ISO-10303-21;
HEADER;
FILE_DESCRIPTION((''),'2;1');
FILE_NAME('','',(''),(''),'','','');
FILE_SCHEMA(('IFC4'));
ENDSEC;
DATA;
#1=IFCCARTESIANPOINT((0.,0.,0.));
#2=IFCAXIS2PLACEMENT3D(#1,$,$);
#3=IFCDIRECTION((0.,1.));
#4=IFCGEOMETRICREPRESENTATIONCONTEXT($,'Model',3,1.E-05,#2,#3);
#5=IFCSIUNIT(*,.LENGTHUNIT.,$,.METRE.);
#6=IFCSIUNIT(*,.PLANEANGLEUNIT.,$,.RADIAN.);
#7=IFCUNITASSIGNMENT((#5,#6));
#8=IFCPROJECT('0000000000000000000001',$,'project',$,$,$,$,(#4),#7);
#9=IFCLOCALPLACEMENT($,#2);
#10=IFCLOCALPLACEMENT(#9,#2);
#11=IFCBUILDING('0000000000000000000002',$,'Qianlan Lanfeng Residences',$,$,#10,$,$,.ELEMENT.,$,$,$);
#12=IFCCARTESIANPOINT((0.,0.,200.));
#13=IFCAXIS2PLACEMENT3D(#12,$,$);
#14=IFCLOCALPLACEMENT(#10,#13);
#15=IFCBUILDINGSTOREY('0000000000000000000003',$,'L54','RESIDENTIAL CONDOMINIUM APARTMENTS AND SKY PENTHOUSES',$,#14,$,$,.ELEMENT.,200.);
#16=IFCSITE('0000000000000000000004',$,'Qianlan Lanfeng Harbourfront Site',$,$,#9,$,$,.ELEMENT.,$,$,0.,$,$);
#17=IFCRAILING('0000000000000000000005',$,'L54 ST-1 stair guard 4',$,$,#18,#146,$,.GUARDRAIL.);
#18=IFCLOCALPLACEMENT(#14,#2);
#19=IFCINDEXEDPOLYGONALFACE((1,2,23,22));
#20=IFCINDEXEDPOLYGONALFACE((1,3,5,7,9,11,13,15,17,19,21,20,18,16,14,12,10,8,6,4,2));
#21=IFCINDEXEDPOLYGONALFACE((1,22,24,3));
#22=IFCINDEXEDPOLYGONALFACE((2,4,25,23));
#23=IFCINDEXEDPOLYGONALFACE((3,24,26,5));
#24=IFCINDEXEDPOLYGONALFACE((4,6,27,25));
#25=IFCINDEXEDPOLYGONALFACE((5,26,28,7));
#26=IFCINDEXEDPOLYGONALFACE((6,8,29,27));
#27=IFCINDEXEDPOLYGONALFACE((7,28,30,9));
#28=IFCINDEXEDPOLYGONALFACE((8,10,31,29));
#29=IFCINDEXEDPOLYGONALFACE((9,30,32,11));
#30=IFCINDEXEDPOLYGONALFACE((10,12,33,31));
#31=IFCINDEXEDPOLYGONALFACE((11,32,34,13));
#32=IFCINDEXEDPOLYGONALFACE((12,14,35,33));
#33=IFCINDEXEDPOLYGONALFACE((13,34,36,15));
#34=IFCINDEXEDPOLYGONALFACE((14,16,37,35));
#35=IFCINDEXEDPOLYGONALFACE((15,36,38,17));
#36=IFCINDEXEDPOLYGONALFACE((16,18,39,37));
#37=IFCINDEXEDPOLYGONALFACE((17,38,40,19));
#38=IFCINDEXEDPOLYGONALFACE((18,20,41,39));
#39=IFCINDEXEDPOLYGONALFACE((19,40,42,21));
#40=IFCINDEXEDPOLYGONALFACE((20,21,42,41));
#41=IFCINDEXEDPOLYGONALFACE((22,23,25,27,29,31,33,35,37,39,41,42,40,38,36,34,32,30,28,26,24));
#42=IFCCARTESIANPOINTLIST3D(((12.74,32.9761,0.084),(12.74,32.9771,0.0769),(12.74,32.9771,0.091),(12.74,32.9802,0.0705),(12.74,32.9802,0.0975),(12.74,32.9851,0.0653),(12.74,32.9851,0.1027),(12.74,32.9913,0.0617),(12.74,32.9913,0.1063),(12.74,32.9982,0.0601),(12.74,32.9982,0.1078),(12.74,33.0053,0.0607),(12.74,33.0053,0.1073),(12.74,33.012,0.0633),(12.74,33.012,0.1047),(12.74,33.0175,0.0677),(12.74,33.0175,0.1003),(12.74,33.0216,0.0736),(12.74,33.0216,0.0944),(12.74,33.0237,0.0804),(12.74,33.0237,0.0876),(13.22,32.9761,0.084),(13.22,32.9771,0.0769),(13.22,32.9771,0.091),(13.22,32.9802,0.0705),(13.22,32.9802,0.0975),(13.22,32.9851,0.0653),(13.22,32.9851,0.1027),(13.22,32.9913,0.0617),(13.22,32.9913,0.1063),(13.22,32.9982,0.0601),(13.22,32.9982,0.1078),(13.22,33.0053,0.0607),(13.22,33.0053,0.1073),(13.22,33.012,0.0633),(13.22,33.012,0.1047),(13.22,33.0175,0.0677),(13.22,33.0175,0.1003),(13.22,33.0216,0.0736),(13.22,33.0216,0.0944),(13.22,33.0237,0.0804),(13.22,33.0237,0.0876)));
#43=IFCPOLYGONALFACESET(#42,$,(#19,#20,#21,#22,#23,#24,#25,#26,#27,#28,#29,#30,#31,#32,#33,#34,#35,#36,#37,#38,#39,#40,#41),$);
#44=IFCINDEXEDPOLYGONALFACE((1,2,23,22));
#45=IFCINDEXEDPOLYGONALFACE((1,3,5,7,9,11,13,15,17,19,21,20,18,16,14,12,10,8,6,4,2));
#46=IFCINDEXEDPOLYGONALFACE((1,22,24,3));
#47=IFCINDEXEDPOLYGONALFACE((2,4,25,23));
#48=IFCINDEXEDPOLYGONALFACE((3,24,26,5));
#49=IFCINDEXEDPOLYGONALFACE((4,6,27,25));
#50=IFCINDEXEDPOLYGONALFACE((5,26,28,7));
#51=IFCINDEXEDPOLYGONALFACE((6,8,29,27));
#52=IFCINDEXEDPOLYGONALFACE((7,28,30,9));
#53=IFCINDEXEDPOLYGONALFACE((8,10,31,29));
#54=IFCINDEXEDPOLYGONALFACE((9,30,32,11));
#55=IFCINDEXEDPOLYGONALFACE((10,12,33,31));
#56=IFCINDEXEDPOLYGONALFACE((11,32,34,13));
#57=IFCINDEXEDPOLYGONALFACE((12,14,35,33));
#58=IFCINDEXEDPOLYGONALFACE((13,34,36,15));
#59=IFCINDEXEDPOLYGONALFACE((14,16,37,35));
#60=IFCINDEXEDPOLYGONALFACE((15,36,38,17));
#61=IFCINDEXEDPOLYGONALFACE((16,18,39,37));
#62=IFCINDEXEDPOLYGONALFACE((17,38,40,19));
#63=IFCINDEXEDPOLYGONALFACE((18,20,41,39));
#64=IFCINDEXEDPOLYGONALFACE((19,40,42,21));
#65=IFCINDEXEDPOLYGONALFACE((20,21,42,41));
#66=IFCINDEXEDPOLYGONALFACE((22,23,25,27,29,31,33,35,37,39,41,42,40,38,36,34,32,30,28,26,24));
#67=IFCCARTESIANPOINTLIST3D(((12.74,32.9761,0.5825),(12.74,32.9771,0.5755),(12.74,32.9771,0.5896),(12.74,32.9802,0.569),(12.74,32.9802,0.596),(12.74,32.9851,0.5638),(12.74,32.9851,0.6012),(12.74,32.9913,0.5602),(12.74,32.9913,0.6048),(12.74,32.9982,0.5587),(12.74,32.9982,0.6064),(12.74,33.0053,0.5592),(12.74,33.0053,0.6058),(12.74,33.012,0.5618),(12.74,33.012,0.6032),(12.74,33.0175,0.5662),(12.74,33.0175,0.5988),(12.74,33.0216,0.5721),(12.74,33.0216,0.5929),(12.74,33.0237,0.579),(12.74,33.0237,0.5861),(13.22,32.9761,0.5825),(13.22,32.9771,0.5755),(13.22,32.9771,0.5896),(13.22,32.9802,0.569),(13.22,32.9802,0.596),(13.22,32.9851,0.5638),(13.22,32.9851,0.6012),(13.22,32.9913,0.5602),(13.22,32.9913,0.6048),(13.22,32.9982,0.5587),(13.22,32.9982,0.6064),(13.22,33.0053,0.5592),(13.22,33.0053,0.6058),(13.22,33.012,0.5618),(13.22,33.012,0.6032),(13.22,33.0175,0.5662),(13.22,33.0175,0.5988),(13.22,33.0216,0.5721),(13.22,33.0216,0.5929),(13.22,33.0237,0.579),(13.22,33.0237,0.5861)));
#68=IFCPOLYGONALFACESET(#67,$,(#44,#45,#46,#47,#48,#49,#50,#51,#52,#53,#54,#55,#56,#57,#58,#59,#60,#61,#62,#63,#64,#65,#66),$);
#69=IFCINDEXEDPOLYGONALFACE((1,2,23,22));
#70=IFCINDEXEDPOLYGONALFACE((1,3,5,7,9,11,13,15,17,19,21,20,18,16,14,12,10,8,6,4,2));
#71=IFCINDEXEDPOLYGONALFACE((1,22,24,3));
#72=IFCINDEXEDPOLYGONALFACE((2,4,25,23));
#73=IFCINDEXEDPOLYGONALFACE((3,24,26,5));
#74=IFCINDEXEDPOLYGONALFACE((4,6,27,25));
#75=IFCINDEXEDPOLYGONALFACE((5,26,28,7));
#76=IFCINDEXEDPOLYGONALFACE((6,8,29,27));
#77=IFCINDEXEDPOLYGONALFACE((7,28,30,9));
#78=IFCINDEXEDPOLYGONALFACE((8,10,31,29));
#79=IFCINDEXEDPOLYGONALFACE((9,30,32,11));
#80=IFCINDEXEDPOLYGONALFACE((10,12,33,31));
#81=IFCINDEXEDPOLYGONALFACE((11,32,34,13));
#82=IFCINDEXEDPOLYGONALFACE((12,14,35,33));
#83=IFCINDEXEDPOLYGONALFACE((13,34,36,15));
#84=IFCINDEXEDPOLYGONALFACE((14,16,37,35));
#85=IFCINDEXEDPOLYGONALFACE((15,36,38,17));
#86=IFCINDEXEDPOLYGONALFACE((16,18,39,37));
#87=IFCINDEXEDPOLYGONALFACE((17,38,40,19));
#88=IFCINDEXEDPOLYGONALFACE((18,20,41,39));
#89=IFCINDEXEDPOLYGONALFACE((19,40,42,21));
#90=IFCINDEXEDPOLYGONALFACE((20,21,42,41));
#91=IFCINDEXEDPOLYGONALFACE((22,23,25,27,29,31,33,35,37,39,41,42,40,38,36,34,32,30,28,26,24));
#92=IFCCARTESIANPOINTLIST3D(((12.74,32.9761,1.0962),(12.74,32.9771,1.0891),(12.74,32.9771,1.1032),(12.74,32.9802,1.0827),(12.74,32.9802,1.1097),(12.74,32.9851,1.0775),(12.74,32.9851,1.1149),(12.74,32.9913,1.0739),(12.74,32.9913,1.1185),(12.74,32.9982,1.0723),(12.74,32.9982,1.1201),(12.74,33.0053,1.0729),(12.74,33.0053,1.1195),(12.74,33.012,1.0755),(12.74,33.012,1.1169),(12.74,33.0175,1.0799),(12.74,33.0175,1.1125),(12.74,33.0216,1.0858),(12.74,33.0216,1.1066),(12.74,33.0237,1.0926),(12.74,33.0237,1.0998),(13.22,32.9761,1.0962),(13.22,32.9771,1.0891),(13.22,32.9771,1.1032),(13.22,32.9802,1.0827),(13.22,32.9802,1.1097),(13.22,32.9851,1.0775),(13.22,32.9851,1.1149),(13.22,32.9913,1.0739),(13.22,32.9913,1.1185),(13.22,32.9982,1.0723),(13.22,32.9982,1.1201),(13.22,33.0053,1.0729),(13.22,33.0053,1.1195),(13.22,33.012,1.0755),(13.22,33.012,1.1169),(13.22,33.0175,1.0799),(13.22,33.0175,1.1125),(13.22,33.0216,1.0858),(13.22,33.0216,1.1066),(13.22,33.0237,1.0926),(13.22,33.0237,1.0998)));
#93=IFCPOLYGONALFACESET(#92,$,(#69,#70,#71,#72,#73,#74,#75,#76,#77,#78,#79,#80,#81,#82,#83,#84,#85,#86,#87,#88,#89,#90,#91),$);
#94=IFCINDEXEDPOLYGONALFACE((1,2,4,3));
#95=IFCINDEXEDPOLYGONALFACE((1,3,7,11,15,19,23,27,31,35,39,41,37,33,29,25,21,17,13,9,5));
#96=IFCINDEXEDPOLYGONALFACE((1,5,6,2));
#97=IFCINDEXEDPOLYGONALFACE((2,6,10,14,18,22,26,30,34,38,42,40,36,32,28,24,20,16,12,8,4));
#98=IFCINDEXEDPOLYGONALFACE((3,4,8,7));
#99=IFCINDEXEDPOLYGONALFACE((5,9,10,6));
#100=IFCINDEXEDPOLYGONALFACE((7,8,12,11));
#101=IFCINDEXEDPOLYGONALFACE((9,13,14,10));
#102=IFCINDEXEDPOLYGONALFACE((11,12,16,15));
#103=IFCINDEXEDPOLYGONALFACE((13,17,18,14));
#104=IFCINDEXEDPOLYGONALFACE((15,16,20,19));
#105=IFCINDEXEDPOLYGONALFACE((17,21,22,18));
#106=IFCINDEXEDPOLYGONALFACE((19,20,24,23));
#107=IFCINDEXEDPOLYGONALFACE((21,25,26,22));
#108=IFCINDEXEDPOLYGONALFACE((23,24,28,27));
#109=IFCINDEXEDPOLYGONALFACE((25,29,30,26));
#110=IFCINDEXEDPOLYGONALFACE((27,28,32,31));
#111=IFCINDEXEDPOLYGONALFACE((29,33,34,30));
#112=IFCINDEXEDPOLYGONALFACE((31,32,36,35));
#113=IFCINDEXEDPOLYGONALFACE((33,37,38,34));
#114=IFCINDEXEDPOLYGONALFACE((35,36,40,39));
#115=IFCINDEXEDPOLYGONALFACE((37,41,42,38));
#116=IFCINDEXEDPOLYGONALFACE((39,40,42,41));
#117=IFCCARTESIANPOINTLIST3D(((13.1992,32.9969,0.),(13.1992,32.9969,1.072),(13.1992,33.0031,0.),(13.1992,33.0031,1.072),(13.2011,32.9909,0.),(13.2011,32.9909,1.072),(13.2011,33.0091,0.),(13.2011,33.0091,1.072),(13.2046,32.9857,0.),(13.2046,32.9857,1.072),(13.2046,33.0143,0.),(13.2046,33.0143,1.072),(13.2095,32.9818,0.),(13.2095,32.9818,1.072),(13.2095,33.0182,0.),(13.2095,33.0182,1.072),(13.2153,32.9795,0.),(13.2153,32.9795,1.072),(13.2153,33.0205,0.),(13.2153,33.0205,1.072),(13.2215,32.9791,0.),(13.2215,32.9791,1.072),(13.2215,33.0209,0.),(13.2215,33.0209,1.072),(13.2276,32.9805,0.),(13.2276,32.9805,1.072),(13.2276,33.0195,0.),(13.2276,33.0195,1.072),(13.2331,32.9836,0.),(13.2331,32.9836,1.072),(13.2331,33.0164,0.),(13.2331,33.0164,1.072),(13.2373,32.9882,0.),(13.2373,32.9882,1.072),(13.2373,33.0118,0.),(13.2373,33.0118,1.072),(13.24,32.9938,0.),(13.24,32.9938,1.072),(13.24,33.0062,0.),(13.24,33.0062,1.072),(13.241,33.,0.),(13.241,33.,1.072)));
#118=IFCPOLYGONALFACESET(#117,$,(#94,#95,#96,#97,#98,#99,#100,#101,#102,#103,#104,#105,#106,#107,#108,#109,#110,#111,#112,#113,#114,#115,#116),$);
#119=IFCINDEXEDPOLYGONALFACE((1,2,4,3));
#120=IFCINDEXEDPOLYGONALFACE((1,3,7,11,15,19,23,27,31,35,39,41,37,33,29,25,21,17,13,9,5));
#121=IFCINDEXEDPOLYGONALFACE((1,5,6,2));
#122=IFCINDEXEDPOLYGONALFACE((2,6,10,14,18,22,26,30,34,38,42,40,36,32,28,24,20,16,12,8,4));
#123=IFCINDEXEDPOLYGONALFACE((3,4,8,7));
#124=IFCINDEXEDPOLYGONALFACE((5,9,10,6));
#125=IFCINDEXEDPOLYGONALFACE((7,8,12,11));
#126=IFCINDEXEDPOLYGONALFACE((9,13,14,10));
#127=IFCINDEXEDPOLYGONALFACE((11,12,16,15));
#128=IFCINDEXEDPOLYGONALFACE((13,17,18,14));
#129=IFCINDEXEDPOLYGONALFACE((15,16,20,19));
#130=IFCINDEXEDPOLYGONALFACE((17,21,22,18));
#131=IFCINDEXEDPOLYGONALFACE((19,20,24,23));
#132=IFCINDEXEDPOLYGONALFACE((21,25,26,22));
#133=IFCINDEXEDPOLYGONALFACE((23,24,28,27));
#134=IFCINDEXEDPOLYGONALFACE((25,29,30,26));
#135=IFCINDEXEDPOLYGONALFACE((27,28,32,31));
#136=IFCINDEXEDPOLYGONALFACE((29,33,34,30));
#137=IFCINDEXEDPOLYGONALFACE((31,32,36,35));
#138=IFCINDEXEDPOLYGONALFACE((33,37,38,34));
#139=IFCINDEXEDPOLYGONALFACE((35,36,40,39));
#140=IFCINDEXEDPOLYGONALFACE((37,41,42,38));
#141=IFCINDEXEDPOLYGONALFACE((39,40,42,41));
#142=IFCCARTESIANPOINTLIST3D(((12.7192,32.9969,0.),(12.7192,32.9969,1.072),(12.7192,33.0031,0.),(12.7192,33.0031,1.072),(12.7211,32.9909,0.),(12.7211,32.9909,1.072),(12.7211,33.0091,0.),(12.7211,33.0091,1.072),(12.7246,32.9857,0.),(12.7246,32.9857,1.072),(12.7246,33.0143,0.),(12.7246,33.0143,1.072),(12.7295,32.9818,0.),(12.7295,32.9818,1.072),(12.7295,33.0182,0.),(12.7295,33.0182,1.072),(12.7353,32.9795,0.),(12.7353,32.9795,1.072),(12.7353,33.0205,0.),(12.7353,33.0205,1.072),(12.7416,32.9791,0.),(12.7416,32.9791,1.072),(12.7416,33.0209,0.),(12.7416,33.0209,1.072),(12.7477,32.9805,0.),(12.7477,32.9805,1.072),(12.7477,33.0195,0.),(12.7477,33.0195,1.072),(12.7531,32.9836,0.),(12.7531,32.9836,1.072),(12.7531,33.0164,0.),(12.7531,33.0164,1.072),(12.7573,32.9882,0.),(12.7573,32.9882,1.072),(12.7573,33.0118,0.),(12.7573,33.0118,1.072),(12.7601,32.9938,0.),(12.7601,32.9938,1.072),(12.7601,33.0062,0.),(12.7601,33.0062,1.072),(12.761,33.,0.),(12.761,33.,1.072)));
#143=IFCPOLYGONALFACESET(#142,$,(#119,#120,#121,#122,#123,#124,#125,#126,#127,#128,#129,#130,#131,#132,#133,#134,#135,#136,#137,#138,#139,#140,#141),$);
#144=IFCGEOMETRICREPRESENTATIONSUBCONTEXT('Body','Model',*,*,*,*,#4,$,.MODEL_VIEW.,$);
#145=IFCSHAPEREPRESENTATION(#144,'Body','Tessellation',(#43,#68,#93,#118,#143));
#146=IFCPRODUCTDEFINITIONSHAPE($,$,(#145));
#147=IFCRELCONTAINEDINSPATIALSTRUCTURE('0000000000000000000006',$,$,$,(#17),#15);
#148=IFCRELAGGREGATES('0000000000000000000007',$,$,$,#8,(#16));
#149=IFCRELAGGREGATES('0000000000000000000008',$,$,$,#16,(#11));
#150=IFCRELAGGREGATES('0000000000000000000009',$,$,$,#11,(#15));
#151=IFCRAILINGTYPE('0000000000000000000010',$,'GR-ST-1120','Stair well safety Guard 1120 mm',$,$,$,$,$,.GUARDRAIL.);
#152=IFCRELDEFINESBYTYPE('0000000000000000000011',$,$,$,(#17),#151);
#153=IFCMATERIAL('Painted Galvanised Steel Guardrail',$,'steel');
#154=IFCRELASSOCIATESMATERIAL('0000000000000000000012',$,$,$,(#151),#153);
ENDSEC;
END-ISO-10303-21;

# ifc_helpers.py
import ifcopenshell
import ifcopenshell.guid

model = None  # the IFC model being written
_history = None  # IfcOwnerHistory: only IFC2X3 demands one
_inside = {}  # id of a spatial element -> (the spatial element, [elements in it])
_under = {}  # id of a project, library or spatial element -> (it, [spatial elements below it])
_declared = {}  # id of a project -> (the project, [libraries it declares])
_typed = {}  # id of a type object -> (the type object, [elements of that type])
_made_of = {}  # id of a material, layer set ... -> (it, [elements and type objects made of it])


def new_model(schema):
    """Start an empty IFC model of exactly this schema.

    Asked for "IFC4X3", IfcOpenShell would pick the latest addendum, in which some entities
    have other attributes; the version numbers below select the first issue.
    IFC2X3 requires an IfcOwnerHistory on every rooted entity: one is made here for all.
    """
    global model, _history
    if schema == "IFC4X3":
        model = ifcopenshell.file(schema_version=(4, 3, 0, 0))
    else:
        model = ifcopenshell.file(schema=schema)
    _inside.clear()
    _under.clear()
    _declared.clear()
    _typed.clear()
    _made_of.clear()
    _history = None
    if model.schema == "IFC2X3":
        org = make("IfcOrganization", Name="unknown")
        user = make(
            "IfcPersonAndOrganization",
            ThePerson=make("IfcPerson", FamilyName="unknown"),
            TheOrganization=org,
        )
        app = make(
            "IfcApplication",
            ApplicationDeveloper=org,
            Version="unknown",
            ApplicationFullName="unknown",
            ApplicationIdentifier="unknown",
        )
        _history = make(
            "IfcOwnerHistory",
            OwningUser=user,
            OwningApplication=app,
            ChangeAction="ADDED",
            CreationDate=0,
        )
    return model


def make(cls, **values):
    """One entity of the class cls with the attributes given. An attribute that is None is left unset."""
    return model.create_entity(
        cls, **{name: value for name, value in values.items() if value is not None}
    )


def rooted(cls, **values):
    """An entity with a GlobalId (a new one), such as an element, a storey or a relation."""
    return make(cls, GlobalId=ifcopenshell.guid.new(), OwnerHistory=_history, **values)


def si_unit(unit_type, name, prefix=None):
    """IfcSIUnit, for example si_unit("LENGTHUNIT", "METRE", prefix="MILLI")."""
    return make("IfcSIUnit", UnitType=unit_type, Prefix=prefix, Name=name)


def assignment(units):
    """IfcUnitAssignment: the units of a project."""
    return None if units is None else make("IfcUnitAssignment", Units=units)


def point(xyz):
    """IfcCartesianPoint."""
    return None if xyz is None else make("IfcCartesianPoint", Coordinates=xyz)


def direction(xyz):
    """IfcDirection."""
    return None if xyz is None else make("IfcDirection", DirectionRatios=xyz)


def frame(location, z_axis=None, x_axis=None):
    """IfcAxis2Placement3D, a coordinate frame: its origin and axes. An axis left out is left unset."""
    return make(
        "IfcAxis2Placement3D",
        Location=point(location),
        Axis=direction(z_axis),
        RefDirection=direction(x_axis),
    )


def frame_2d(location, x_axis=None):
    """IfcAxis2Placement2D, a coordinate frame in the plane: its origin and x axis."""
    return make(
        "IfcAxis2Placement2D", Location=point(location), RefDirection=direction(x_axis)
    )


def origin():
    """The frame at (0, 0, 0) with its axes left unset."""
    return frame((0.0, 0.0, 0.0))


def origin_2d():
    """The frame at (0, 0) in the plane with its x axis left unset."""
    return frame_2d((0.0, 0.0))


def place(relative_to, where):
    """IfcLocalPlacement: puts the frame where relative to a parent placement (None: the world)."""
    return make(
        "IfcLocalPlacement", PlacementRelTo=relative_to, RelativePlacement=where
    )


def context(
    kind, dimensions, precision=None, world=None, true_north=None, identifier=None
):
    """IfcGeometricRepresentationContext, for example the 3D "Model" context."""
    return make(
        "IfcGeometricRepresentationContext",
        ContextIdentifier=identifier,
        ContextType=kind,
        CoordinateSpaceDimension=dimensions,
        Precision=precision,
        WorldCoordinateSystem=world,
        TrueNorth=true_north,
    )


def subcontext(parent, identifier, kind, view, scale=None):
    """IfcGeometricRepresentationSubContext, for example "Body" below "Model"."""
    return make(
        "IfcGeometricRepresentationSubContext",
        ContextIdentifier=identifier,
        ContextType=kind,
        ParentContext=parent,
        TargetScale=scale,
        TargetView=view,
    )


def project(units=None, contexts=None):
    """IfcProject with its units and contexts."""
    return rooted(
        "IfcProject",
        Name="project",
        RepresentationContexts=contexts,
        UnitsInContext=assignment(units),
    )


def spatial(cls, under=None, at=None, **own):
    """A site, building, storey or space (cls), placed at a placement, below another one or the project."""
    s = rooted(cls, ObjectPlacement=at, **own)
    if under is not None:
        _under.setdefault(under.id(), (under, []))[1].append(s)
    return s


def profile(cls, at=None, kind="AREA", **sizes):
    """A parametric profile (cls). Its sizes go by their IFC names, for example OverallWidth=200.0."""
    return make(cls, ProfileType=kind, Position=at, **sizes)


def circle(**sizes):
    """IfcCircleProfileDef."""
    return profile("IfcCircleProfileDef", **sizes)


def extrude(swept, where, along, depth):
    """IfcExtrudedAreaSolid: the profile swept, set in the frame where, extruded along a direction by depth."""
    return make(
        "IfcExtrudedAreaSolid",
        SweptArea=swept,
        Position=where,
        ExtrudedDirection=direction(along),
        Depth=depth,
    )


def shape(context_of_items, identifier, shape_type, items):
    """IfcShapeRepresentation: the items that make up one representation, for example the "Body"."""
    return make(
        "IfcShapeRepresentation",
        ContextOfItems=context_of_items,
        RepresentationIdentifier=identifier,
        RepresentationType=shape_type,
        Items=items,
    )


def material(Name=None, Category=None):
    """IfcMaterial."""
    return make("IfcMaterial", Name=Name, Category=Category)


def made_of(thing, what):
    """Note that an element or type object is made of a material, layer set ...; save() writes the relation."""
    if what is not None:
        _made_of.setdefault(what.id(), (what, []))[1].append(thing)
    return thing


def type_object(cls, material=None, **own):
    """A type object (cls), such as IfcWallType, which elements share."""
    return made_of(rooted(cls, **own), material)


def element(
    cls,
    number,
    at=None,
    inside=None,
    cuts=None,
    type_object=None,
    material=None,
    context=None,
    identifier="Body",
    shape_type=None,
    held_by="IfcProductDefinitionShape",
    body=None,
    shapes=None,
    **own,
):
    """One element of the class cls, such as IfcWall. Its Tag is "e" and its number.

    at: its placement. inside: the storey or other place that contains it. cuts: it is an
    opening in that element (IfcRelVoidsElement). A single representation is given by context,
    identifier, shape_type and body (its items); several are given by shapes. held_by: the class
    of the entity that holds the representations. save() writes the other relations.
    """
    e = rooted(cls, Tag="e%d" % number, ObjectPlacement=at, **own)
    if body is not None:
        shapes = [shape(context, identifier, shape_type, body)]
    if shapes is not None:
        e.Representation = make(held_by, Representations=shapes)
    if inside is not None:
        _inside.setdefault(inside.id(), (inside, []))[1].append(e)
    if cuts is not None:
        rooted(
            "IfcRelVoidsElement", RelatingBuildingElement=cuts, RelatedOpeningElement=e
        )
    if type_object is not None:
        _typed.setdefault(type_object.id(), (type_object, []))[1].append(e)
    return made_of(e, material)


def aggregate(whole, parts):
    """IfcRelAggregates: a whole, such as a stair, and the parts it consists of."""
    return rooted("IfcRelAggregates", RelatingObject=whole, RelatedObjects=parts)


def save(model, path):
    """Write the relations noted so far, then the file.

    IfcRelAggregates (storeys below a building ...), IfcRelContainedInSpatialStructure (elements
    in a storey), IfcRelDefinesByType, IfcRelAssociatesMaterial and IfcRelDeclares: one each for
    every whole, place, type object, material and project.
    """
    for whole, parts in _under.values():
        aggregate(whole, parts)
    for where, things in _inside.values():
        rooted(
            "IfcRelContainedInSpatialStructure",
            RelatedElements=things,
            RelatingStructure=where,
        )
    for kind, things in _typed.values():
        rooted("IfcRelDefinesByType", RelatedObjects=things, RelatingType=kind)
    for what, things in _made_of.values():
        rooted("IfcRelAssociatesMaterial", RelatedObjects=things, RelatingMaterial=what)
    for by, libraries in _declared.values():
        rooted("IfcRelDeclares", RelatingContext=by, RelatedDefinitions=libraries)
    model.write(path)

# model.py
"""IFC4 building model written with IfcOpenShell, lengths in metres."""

from ifc_helpers import new_model, si_unit, direction, frame, origin, origin_2d, place, context, subcontext, project, spatial, circle, extrude, material, type_object, element, save


model = new_model("IFC4")

# Units and contexts
model_context = context("Model", 3, precision=1e-05, world=origin(), true_north=direction((0.0, 1.0)))
body_context = subcontext(model_context, "Body", "Model", "MODEL_VIEW")
ifc_project = project(units=[si_unit("LENGTHUNIT", "METRE"), si_unit("PLANEANGLEUNIT", "RADIAN")], contexts=[model_context])

# Site, building, storey
site_placement = place(None, origin())
site = spatial("IfcSite", under=ifc_project, at=site_placement, Name="Qianlan Lanfeng Harbourfront Site", CompositionType="ELEMENT", RefElevation=0.0)
building_placement = place(site_placement, origin())
building = spatial("IfcBuilding", under=site, at=building_placement, Name="Qianlan Lanfeng Residences", CompositionType="ELEMENT")
storey_placement = place(building_placement, frame((0.0, 0.0, 200.0)))
storey = spatial("IfcBuildingStorey", under=building, at=storey_placement, Name="L54", Description="RESIDENTIAL CONDOMINIUM APARTMENTS AND SKY PENTHOUSES", CompositionType="ELEMENT", Elevation=200.0)

# Railing
ifc_material_1 = material(Name="Painted Galvanised Steel Guardrail", Category="steel")
railing_type_1 = type_object("IfcRailingType", Name="GR-ST-1120", Description="Stair well safety Guard 1120 mm", PredefinedType="GUARDRAIL", material=ifc_material_1)
railing_1_placement = place(storey_placement, frame((13.22, 33.0, 0.0)))
element("IfcRailing", 1, at=railing_1_placement, inside=storey, type_object=railing_type_1, Name="L54 ST-1 stair guard 4", PredefinedType="GUARDRAIL", context=body_context, shape_type="SweptSolid", body=[
    extrude(circle(Radius=0.0239, at=origin_2d()), frame((0.0, 0.0, 0.084), z_axis=(-1.0, 0.0, 0.0), x_axis=(0.0, -1.0, 0.0)), (0.0, 0.0, 1.0), 0.48),
    extrude(circle(Radius=0.0239, at=origin_2d()), frame((0.0, 0.0, 0.5825), z_axis=(-1.0, 0.0, 0.0), x_axis=(0.0, -1.0, 0.0)), (0.0, 0.0, 1.0), 0.48),
    extrude(circle(Radius=0.0239, at=origin_2d()), frame((0.0, 0.0, 1.0962), z_axis=(-1.0, 0.0, 0.0), x_axis=(0.0, -1.0, 0.0)), (0.0, 0.0, 1.0), 0.48),
    extrude(circle(Radius=0.021, at=origin_2d()), origin(), (0.0, 0.0, 1.0), 1.072),
    extrude(circle(Radius=0.021, at=origin_2d()), frame((-0.48, 0.0, 0.0)), (0.0, 0.0, 1.0), 1.072),
])

save(model, "model.ifc")
